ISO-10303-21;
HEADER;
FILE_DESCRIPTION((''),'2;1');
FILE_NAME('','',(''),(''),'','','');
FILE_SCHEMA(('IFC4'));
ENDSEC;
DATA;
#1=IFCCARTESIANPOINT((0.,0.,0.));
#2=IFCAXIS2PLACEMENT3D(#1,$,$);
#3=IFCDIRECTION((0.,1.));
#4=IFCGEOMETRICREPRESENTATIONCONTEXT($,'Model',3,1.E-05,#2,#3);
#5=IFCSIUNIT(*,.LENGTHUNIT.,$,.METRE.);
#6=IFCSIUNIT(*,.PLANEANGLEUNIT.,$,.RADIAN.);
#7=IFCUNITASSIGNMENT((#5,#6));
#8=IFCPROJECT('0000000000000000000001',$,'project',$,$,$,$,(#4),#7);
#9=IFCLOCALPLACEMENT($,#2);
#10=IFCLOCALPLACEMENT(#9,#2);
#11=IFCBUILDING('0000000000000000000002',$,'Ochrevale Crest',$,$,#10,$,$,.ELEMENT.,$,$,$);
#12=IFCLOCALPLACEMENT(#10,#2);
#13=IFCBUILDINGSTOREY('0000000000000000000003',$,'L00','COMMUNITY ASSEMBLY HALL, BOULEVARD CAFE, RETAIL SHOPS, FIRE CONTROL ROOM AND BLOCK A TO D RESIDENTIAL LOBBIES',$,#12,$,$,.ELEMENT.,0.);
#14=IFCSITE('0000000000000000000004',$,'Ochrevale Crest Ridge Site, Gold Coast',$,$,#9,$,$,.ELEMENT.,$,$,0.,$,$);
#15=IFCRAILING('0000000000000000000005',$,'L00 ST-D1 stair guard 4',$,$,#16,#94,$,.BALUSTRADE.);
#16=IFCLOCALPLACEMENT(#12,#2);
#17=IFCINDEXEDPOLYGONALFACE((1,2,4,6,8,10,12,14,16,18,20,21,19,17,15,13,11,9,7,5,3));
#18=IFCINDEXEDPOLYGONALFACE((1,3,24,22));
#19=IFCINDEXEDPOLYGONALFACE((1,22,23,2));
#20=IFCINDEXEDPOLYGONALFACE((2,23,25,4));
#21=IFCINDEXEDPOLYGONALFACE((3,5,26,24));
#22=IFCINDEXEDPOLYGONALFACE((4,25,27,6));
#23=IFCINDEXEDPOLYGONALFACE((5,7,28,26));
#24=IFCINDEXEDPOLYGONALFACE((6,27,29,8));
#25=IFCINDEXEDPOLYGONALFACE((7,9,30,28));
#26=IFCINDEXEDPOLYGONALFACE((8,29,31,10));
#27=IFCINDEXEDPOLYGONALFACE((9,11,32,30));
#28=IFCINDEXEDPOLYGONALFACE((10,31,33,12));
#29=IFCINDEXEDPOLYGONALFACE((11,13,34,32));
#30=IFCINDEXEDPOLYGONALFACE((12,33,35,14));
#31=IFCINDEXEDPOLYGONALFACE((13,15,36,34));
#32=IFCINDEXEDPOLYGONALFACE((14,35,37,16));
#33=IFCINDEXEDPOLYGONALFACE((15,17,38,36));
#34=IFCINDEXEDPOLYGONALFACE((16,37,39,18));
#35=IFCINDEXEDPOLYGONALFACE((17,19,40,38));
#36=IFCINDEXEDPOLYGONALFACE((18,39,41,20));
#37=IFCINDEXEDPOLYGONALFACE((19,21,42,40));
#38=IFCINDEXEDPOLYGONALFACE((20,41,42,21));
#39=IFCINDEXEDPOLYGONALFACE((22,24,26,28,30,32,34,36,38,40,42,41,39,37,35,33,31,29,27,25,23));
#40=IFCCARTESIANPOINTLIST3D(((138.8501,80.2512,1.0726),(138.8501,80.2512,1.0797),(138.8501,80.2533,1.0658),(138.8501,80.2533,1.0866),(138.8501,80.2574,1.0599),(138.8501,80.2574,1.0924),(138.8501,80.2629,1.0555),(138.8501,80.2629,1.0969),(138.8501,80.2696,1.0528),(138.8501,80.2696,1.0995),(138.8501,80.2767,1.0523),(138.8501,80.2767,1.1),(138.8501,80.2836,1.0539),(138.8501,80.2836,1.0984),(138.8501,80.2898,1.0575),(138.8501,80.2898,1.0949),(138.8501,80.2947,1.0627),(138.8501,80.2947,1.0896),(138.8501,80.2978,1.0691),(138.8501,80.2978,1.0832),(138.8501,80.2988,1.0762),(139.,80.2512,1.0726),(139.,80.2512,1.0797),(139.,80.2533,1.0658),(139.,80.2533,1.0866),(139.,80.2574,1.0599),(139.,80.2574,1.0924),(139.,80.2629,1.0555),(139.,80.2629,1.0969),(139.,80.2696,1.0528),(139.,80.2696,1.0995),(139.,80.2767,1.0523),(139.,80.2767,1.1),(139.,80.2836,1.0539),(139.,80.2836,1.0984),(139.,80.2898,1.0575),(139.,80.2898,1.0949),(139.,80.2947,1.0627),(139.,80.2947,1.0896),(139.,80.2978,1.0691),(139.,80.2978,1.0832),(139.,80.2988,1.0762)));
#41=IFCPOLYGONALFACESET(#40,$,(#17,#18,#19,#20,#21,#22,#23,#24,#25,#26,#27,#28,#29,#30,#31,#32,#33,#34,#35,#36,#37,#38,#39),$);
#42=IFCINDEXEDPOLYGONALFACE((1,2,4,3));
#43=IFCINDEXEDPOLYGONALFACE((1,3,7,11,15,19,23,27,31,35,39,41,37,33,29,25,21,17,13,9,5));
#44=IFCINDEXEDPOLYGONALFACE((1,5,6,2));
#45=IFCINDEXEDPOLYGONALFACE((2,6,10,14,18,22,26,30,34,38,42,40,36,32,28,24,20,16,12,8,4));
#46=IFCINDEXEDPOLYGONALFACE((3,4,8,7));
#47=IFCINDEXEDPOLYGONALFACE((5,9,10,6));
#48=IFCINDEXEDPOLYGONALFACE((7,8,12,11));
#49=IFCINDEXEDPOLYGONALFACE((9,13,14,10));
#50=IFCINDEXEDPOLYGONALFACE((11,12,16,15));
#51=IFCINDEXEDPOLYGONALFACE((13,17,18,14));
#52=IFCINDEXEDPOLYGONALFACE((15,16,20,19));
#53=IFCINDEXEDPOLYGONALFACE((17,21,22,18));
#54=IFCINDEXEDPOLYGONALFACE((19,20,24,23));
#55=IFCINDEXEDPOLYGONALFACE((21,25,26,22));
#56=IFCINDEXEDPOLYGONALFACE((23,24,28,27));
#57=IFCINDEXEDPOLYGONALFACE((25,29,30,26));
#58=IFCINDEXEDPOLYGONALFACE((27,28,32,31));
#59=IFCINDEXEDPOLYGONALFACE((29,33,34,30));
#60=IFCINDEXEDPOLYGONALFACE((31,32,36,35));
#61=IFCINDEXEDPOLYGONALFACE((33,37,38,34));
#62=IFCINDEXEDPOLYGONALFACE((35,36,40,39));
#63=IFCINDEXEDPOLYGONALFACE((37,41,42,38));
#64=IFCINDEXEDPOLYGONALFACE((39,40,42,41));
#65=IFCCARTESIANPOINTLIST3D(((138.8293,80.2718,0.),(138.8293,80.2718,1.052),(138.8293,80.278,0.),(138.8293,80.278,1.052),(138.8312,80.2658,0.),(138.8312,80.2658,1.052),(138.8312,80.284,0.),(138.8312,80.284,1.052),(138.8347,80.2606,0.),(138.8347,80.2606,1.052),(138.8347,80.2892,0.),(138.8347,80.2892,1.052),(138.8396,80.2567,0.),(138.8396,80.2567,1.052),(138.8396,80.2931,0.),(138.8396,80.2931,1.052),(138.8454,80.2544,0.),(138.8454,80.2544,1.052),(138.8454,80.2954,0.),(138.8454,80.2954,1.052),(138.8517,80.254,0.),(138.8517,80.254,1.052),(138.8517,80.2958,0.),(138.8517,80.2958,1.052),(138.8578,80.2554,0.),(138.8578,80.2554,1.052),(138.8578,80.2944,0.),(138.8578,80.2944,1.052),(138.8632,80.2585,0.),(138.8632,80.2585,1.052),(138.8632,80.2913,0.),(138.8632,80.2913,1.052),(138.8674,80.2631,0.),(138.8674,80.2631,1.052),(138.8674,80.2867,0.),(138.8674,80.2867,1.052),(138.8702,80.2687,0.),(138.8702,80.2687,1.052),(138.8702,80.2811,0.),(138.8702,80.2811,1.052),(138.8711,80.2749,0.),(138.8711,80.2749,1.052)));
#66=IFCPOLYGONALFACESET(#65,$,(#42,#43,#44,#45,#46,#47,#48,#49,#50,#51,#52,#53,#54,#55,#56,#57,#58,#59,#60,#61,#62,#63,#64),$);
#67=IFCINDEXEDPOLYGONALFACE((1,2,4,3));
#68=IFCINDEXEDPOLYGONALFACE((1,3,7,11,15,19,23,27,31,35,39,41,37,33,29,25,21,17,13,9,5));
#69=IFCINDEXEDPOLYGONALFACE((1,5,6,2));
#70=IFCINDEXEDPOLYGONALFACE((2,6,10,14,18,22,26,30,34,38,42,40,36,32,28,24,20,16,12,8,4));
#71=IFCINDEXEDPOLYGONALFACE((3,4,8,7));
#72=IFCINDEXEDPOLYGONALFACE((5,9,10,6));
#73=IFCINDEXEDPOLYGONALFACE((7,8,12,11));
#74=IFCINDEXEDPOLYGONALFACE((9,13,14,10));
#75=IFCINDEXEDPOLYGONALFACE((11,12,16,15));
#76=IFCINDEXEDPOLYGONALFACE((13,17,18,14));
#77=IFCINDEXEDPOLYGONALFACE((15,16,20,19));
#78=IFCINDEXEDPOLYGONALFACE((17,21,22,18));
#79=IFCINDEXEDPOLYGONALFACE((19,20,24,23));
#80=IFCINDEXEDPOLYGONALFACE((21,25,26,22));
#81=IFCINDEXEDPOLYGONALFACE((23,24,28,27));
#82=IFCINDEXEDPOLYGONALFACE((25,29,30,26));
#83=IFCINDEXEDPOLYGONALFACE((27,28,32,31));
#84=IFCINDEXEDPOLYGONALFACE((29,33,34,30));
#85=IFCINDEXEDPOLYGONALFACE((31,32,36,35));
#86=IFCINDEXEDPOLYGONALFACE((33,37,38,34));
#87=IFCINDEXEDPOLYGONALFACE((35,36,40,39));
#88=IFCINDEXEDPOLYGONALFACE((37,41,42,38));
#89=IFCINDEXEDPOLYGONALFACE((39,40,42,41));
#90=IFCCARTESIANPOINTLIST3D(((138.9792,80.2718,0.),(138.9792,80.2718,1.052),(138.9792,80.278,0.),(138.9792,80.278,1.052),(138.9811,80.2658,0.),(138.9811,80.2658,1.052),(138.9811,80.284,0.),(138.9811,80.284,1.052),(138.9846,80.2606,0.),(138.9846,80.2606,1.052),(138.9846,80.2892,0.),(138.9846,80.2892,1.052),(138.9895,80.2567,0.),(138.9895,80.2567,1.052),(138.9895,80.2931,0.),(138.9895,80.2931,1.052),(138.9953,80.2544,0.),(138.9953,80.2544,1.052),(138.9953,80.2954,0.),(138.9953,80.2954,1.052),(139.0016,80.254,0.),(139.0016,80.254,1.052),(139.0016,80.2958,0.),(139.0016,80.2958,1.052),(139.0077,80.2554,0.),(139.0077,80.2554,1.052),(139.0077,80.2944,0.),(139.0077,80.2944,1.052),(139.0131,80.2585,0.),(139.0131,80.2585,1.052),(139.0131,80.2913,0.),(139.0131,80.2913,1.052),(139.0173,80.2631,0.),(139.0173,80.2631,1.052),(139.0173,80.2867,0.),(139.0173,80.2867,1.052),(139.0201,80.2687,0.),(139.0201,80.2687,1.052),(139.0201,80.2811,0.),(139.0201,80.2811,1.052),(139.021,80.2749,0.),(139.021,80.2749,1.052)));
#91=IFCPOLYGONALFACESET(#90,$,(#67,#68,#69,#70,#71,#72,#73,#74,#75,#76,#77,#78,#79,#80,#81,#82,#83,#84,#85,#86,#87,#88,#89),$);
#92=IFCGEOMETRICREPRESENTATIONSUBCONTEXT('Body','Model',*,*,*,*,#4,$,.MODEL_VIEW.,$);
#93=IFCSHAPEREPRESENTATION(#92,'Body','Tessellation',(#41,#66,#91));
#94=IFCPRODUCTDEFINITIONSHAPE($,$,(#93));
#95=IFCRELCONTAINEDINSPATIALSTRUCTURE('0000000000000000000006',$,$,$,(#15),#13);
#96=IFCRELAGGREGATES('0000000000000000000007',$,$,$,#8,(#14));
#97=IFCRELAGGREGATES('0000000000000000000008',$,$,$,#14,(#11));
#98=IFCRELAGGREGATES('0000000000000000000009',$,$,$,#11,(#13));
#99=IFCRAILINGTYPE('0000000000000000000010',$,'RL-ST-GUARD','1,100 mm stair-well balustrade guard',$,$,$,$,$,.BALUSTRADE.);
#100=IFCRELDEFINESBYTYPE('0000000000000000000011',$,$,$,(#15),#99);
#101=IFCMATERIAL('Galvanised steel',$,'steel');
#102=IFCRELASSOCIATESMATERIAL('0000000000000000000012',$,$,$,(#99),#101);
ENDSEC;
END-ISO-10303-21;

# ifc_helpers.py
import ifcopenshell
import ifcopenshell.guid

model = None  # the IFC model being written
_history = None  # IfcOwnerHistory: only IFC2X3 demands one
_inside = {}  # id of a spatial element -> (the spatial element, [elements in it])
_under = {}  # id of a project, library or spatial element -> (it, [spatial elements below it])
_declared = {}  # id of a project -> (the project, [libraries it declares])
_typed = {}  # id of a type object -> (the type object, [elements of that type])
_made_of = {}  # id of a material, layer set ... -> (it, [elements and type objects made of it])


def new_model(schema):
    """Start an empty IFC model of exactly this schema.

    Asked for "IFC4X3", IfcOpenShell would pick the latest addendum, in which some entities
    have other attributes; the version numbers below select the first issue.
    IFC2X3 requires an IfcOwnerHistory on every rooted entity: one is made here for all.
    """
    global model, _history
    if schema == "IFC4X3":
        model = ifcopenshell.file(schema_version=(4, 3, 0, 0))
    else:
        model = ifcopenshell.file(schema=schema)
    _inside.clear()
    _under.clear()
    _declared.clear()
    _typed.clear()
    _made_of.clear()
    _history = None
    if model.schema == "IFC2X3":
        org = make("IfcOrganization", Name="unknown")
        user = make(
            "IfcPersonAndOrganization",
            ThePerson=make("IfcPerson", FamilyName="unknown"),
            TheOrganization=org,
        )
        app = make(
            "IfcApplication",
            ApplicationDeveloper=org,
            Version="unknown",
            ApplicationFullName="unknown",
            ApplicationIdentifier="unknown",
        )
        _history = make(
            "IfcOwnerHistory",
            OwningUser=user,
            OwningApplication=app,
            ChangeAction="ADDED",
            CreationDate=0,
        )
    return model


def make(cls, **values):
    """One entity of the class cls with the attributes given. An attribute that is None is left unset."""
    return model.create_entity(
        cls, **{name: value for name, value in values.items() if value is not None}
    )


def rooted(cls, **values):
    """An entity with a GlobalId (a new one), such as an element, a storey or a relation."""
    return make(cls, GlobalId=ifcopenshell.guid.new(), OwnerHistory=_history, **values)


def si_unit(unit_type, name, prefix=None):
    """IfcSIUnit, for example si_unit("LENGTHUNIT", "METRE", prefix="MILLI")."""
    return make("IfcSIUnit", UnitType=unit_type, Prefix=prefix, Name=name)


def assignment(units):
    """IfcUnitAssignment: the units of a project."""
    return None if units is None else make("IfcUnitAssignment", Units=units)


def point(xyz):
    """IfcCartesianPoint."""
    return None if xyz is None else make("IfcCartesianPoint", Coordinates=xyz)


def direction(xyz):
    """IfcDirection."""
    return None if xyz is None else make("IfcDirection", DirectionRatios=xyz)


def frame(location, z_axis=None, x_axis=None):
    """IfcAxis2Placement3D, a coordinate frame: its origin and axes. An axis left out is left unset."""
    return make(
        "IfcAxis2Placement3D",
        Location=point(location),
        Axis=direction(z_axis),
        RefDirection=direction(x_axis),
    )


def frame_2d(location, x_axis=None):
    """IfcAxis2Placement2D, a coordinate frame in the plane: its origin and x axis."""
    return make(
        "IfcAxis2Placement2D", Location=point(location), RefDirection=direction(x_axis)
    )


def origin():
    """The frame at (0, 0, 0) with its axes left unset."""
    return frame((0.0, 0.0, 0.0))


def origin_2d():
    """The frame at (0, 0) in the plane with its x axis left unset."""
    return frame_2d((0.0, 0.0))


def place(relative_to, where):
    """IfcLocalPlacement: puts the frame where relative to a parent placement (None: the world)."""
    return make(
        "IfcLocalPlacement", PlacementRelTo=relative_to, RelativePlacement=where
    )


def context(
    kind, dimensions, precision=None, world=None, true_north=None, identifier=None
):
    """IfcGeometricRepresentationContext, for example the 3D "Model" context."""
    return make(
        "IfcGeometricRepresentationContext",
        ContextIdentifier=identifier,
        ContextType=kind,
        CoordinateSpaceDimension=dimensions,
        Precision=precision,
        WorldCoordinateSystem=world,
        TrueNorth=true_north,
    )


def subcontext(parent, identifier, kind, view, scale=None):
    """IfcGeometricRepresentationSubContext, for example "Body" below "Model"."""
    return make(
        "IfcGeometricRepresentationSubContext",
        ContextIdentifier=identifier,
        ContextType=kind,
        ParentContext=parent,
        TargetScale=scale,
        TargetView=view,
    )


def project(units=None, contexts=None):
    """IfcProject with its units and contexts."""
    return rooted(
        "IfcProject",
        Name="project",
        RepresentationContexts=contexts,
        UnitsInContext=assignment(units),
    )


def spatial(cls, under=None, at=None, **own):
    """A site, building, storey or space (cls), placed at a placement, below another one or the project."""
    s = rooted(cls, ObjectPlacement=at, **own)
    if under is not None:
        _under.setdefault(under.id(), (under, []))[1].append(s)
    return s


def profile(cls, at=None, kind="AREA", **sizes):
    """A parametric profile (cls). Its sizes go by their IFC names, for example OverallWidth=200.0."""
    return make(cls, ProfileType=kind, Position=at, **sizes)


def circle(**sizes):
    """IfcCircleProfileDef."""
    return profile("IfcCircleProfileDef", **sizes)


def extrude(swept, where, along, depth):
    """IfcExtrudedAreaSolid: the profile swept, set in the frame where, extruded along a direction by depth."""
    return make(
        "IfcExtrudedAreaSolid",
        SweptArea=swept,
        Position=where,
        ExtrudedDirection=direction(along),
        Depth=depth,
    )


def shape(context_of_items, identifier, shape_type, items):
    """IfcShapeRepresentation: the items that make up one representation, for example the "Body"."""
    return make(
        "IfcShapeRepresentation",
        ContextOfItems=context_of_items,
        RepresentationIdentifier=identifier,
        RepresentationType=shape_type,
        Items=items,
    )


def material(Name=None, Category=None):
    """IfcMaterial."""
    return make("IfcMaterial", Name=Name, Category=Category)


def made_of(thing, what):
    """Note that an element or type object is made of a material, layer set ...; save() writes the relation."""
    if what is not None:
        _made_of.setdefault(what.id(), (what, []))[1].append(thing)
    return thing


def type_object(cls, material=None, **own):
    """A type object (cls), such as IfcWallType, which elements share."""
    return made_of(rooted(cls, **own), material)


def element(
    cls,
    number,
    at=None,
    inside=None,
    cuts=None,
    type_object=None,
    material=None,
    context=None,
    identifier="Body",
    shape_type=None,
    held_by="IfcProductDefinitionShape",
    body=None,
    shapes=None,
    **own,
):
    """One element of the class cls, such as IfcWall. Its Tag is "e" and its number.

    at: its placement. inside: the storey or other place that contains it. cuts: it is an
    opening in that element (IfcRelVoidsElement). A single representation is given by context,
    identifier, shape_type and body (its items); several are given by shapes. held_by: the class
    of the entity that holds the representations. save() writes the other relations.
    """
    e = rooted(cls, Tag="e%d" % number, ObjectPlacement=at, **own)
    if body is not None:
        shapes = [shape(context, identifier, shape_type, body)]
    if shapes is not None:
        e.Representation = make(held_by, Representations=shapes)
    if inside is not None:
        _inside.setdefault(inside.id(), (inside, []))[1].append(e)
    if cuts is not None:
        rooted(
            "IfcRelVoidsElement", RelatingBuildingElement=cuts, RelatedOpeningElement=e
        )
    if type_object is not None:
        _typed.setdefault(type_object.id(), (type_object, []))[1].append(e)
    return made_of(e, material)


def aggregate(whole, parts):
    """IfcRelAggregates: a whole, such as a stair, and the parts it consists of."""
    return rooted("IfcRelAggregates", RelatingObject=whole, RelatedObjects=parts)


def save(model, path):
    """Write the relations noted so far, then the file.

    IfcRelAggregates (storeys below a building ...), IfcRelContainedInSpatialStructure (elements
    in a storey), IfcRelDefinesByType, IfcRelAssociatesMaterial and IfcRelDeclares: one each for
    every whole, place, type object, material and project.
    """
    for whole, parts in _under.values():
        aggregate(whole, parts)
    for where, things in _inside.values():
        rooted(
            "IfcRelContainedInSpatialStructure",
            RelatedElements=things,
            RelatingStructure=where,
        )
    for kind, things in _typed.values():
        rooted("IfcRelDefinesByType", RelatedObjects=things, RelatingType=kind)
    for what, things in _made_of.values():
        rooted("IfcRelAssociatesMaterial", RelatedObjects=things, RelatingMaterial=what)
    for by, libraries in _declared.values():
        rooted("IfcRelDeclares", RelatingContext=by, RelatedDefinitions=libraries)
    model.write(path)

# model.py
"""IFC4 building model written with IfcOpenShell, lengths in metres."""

from ifc_helpers import new_model, si_unit, direction, frame, origin, origin_2d, place, context, subcontext, project, spatial, circle, extrude, material, type_object, element, save


model = new_model("IFC4")

# Units and contexts
model_context = context("Model", 3, precision=1e-05, world=origin(), true_north=direction((0.0, 1.0)))
body_context = subcontext(model_context, "Body", "Model", "MODEL_VIEW")
ifc_project = project(units=[si_unit("LENGTHUNIT", "METRE"), si_unit("PLANEANGLEUNIT", "RADIAN")], contexts=[model_context])

# Site, building, storey
site_placement = place(None, origin())
site = spatial("IfcSite", under=ifc_project, at=site_placement, Name="Ochrevale Crest Ridge Site, Gold Coast", CompositionType="ELEMENT", RefElevation=0.0)
building_placement = place(site_placement, origin())
building = spatial("IfcBuilding", under=site, at=building_placement, Name="Ochrevale Crest", CompositionType="ELEMENT")
storey_placement = place(building_placement, origin())
storey = spatial("IfcBuildingStorey", under=building, at=storey_placement, Name="L00", Description="COMMUNITY ASSEMBLY HALL, BOULEVARD CAFE, RETAIL SHOPS, FIRE CONTROL ROOM AND BLOCK A TO D RESIDENTIAL LOBBIES", CompositionType="ELEMENT", Elevation=0.0)

# Railing
ifc_material_1 = material(Name="Galvanised steel", Category="steel")
railing_type_1 = type_object("IfcRailingType", Name="RL-ST-GUARD", Description="1,100 mm stair-well balustrade guard", PredefinedType="BALUSTRADE", material=ifc_material_1)
railing_1_placement = place(storey_placement, frame((138.8501, 80.2749, 0.0)))
element("IfcRailing", 1, at=railing_1_placement, inside=storey, type_object=railing_type_1, Name="L00 ST-D1 stair guard 4", PredefinedType="BALUSTRADE", context=body_context, shape_type="SweptSolid", body=[
    extrude(circle(Radius=0.0239, at=origin_2d()), frame((0.0, 0.0, 1.0762), z_axis=(1.0, 0.0, 0.0), x_axis=(0.0, 1.0, 0.0)), (0.0, 0.0, 1.0), 0.1499),
    extrude(circle(Radius=0.021, at=origin_2d()), origin(), (0.0, 0.0, 1.0), 1.052),
    extrude(circle(Radius=0.021, at=origin_2d()), frame((0.1499, 0.0, 0.0)), (0.0, 0.0, 1.0), 1.052),
])

save(model, "model.ifc")
